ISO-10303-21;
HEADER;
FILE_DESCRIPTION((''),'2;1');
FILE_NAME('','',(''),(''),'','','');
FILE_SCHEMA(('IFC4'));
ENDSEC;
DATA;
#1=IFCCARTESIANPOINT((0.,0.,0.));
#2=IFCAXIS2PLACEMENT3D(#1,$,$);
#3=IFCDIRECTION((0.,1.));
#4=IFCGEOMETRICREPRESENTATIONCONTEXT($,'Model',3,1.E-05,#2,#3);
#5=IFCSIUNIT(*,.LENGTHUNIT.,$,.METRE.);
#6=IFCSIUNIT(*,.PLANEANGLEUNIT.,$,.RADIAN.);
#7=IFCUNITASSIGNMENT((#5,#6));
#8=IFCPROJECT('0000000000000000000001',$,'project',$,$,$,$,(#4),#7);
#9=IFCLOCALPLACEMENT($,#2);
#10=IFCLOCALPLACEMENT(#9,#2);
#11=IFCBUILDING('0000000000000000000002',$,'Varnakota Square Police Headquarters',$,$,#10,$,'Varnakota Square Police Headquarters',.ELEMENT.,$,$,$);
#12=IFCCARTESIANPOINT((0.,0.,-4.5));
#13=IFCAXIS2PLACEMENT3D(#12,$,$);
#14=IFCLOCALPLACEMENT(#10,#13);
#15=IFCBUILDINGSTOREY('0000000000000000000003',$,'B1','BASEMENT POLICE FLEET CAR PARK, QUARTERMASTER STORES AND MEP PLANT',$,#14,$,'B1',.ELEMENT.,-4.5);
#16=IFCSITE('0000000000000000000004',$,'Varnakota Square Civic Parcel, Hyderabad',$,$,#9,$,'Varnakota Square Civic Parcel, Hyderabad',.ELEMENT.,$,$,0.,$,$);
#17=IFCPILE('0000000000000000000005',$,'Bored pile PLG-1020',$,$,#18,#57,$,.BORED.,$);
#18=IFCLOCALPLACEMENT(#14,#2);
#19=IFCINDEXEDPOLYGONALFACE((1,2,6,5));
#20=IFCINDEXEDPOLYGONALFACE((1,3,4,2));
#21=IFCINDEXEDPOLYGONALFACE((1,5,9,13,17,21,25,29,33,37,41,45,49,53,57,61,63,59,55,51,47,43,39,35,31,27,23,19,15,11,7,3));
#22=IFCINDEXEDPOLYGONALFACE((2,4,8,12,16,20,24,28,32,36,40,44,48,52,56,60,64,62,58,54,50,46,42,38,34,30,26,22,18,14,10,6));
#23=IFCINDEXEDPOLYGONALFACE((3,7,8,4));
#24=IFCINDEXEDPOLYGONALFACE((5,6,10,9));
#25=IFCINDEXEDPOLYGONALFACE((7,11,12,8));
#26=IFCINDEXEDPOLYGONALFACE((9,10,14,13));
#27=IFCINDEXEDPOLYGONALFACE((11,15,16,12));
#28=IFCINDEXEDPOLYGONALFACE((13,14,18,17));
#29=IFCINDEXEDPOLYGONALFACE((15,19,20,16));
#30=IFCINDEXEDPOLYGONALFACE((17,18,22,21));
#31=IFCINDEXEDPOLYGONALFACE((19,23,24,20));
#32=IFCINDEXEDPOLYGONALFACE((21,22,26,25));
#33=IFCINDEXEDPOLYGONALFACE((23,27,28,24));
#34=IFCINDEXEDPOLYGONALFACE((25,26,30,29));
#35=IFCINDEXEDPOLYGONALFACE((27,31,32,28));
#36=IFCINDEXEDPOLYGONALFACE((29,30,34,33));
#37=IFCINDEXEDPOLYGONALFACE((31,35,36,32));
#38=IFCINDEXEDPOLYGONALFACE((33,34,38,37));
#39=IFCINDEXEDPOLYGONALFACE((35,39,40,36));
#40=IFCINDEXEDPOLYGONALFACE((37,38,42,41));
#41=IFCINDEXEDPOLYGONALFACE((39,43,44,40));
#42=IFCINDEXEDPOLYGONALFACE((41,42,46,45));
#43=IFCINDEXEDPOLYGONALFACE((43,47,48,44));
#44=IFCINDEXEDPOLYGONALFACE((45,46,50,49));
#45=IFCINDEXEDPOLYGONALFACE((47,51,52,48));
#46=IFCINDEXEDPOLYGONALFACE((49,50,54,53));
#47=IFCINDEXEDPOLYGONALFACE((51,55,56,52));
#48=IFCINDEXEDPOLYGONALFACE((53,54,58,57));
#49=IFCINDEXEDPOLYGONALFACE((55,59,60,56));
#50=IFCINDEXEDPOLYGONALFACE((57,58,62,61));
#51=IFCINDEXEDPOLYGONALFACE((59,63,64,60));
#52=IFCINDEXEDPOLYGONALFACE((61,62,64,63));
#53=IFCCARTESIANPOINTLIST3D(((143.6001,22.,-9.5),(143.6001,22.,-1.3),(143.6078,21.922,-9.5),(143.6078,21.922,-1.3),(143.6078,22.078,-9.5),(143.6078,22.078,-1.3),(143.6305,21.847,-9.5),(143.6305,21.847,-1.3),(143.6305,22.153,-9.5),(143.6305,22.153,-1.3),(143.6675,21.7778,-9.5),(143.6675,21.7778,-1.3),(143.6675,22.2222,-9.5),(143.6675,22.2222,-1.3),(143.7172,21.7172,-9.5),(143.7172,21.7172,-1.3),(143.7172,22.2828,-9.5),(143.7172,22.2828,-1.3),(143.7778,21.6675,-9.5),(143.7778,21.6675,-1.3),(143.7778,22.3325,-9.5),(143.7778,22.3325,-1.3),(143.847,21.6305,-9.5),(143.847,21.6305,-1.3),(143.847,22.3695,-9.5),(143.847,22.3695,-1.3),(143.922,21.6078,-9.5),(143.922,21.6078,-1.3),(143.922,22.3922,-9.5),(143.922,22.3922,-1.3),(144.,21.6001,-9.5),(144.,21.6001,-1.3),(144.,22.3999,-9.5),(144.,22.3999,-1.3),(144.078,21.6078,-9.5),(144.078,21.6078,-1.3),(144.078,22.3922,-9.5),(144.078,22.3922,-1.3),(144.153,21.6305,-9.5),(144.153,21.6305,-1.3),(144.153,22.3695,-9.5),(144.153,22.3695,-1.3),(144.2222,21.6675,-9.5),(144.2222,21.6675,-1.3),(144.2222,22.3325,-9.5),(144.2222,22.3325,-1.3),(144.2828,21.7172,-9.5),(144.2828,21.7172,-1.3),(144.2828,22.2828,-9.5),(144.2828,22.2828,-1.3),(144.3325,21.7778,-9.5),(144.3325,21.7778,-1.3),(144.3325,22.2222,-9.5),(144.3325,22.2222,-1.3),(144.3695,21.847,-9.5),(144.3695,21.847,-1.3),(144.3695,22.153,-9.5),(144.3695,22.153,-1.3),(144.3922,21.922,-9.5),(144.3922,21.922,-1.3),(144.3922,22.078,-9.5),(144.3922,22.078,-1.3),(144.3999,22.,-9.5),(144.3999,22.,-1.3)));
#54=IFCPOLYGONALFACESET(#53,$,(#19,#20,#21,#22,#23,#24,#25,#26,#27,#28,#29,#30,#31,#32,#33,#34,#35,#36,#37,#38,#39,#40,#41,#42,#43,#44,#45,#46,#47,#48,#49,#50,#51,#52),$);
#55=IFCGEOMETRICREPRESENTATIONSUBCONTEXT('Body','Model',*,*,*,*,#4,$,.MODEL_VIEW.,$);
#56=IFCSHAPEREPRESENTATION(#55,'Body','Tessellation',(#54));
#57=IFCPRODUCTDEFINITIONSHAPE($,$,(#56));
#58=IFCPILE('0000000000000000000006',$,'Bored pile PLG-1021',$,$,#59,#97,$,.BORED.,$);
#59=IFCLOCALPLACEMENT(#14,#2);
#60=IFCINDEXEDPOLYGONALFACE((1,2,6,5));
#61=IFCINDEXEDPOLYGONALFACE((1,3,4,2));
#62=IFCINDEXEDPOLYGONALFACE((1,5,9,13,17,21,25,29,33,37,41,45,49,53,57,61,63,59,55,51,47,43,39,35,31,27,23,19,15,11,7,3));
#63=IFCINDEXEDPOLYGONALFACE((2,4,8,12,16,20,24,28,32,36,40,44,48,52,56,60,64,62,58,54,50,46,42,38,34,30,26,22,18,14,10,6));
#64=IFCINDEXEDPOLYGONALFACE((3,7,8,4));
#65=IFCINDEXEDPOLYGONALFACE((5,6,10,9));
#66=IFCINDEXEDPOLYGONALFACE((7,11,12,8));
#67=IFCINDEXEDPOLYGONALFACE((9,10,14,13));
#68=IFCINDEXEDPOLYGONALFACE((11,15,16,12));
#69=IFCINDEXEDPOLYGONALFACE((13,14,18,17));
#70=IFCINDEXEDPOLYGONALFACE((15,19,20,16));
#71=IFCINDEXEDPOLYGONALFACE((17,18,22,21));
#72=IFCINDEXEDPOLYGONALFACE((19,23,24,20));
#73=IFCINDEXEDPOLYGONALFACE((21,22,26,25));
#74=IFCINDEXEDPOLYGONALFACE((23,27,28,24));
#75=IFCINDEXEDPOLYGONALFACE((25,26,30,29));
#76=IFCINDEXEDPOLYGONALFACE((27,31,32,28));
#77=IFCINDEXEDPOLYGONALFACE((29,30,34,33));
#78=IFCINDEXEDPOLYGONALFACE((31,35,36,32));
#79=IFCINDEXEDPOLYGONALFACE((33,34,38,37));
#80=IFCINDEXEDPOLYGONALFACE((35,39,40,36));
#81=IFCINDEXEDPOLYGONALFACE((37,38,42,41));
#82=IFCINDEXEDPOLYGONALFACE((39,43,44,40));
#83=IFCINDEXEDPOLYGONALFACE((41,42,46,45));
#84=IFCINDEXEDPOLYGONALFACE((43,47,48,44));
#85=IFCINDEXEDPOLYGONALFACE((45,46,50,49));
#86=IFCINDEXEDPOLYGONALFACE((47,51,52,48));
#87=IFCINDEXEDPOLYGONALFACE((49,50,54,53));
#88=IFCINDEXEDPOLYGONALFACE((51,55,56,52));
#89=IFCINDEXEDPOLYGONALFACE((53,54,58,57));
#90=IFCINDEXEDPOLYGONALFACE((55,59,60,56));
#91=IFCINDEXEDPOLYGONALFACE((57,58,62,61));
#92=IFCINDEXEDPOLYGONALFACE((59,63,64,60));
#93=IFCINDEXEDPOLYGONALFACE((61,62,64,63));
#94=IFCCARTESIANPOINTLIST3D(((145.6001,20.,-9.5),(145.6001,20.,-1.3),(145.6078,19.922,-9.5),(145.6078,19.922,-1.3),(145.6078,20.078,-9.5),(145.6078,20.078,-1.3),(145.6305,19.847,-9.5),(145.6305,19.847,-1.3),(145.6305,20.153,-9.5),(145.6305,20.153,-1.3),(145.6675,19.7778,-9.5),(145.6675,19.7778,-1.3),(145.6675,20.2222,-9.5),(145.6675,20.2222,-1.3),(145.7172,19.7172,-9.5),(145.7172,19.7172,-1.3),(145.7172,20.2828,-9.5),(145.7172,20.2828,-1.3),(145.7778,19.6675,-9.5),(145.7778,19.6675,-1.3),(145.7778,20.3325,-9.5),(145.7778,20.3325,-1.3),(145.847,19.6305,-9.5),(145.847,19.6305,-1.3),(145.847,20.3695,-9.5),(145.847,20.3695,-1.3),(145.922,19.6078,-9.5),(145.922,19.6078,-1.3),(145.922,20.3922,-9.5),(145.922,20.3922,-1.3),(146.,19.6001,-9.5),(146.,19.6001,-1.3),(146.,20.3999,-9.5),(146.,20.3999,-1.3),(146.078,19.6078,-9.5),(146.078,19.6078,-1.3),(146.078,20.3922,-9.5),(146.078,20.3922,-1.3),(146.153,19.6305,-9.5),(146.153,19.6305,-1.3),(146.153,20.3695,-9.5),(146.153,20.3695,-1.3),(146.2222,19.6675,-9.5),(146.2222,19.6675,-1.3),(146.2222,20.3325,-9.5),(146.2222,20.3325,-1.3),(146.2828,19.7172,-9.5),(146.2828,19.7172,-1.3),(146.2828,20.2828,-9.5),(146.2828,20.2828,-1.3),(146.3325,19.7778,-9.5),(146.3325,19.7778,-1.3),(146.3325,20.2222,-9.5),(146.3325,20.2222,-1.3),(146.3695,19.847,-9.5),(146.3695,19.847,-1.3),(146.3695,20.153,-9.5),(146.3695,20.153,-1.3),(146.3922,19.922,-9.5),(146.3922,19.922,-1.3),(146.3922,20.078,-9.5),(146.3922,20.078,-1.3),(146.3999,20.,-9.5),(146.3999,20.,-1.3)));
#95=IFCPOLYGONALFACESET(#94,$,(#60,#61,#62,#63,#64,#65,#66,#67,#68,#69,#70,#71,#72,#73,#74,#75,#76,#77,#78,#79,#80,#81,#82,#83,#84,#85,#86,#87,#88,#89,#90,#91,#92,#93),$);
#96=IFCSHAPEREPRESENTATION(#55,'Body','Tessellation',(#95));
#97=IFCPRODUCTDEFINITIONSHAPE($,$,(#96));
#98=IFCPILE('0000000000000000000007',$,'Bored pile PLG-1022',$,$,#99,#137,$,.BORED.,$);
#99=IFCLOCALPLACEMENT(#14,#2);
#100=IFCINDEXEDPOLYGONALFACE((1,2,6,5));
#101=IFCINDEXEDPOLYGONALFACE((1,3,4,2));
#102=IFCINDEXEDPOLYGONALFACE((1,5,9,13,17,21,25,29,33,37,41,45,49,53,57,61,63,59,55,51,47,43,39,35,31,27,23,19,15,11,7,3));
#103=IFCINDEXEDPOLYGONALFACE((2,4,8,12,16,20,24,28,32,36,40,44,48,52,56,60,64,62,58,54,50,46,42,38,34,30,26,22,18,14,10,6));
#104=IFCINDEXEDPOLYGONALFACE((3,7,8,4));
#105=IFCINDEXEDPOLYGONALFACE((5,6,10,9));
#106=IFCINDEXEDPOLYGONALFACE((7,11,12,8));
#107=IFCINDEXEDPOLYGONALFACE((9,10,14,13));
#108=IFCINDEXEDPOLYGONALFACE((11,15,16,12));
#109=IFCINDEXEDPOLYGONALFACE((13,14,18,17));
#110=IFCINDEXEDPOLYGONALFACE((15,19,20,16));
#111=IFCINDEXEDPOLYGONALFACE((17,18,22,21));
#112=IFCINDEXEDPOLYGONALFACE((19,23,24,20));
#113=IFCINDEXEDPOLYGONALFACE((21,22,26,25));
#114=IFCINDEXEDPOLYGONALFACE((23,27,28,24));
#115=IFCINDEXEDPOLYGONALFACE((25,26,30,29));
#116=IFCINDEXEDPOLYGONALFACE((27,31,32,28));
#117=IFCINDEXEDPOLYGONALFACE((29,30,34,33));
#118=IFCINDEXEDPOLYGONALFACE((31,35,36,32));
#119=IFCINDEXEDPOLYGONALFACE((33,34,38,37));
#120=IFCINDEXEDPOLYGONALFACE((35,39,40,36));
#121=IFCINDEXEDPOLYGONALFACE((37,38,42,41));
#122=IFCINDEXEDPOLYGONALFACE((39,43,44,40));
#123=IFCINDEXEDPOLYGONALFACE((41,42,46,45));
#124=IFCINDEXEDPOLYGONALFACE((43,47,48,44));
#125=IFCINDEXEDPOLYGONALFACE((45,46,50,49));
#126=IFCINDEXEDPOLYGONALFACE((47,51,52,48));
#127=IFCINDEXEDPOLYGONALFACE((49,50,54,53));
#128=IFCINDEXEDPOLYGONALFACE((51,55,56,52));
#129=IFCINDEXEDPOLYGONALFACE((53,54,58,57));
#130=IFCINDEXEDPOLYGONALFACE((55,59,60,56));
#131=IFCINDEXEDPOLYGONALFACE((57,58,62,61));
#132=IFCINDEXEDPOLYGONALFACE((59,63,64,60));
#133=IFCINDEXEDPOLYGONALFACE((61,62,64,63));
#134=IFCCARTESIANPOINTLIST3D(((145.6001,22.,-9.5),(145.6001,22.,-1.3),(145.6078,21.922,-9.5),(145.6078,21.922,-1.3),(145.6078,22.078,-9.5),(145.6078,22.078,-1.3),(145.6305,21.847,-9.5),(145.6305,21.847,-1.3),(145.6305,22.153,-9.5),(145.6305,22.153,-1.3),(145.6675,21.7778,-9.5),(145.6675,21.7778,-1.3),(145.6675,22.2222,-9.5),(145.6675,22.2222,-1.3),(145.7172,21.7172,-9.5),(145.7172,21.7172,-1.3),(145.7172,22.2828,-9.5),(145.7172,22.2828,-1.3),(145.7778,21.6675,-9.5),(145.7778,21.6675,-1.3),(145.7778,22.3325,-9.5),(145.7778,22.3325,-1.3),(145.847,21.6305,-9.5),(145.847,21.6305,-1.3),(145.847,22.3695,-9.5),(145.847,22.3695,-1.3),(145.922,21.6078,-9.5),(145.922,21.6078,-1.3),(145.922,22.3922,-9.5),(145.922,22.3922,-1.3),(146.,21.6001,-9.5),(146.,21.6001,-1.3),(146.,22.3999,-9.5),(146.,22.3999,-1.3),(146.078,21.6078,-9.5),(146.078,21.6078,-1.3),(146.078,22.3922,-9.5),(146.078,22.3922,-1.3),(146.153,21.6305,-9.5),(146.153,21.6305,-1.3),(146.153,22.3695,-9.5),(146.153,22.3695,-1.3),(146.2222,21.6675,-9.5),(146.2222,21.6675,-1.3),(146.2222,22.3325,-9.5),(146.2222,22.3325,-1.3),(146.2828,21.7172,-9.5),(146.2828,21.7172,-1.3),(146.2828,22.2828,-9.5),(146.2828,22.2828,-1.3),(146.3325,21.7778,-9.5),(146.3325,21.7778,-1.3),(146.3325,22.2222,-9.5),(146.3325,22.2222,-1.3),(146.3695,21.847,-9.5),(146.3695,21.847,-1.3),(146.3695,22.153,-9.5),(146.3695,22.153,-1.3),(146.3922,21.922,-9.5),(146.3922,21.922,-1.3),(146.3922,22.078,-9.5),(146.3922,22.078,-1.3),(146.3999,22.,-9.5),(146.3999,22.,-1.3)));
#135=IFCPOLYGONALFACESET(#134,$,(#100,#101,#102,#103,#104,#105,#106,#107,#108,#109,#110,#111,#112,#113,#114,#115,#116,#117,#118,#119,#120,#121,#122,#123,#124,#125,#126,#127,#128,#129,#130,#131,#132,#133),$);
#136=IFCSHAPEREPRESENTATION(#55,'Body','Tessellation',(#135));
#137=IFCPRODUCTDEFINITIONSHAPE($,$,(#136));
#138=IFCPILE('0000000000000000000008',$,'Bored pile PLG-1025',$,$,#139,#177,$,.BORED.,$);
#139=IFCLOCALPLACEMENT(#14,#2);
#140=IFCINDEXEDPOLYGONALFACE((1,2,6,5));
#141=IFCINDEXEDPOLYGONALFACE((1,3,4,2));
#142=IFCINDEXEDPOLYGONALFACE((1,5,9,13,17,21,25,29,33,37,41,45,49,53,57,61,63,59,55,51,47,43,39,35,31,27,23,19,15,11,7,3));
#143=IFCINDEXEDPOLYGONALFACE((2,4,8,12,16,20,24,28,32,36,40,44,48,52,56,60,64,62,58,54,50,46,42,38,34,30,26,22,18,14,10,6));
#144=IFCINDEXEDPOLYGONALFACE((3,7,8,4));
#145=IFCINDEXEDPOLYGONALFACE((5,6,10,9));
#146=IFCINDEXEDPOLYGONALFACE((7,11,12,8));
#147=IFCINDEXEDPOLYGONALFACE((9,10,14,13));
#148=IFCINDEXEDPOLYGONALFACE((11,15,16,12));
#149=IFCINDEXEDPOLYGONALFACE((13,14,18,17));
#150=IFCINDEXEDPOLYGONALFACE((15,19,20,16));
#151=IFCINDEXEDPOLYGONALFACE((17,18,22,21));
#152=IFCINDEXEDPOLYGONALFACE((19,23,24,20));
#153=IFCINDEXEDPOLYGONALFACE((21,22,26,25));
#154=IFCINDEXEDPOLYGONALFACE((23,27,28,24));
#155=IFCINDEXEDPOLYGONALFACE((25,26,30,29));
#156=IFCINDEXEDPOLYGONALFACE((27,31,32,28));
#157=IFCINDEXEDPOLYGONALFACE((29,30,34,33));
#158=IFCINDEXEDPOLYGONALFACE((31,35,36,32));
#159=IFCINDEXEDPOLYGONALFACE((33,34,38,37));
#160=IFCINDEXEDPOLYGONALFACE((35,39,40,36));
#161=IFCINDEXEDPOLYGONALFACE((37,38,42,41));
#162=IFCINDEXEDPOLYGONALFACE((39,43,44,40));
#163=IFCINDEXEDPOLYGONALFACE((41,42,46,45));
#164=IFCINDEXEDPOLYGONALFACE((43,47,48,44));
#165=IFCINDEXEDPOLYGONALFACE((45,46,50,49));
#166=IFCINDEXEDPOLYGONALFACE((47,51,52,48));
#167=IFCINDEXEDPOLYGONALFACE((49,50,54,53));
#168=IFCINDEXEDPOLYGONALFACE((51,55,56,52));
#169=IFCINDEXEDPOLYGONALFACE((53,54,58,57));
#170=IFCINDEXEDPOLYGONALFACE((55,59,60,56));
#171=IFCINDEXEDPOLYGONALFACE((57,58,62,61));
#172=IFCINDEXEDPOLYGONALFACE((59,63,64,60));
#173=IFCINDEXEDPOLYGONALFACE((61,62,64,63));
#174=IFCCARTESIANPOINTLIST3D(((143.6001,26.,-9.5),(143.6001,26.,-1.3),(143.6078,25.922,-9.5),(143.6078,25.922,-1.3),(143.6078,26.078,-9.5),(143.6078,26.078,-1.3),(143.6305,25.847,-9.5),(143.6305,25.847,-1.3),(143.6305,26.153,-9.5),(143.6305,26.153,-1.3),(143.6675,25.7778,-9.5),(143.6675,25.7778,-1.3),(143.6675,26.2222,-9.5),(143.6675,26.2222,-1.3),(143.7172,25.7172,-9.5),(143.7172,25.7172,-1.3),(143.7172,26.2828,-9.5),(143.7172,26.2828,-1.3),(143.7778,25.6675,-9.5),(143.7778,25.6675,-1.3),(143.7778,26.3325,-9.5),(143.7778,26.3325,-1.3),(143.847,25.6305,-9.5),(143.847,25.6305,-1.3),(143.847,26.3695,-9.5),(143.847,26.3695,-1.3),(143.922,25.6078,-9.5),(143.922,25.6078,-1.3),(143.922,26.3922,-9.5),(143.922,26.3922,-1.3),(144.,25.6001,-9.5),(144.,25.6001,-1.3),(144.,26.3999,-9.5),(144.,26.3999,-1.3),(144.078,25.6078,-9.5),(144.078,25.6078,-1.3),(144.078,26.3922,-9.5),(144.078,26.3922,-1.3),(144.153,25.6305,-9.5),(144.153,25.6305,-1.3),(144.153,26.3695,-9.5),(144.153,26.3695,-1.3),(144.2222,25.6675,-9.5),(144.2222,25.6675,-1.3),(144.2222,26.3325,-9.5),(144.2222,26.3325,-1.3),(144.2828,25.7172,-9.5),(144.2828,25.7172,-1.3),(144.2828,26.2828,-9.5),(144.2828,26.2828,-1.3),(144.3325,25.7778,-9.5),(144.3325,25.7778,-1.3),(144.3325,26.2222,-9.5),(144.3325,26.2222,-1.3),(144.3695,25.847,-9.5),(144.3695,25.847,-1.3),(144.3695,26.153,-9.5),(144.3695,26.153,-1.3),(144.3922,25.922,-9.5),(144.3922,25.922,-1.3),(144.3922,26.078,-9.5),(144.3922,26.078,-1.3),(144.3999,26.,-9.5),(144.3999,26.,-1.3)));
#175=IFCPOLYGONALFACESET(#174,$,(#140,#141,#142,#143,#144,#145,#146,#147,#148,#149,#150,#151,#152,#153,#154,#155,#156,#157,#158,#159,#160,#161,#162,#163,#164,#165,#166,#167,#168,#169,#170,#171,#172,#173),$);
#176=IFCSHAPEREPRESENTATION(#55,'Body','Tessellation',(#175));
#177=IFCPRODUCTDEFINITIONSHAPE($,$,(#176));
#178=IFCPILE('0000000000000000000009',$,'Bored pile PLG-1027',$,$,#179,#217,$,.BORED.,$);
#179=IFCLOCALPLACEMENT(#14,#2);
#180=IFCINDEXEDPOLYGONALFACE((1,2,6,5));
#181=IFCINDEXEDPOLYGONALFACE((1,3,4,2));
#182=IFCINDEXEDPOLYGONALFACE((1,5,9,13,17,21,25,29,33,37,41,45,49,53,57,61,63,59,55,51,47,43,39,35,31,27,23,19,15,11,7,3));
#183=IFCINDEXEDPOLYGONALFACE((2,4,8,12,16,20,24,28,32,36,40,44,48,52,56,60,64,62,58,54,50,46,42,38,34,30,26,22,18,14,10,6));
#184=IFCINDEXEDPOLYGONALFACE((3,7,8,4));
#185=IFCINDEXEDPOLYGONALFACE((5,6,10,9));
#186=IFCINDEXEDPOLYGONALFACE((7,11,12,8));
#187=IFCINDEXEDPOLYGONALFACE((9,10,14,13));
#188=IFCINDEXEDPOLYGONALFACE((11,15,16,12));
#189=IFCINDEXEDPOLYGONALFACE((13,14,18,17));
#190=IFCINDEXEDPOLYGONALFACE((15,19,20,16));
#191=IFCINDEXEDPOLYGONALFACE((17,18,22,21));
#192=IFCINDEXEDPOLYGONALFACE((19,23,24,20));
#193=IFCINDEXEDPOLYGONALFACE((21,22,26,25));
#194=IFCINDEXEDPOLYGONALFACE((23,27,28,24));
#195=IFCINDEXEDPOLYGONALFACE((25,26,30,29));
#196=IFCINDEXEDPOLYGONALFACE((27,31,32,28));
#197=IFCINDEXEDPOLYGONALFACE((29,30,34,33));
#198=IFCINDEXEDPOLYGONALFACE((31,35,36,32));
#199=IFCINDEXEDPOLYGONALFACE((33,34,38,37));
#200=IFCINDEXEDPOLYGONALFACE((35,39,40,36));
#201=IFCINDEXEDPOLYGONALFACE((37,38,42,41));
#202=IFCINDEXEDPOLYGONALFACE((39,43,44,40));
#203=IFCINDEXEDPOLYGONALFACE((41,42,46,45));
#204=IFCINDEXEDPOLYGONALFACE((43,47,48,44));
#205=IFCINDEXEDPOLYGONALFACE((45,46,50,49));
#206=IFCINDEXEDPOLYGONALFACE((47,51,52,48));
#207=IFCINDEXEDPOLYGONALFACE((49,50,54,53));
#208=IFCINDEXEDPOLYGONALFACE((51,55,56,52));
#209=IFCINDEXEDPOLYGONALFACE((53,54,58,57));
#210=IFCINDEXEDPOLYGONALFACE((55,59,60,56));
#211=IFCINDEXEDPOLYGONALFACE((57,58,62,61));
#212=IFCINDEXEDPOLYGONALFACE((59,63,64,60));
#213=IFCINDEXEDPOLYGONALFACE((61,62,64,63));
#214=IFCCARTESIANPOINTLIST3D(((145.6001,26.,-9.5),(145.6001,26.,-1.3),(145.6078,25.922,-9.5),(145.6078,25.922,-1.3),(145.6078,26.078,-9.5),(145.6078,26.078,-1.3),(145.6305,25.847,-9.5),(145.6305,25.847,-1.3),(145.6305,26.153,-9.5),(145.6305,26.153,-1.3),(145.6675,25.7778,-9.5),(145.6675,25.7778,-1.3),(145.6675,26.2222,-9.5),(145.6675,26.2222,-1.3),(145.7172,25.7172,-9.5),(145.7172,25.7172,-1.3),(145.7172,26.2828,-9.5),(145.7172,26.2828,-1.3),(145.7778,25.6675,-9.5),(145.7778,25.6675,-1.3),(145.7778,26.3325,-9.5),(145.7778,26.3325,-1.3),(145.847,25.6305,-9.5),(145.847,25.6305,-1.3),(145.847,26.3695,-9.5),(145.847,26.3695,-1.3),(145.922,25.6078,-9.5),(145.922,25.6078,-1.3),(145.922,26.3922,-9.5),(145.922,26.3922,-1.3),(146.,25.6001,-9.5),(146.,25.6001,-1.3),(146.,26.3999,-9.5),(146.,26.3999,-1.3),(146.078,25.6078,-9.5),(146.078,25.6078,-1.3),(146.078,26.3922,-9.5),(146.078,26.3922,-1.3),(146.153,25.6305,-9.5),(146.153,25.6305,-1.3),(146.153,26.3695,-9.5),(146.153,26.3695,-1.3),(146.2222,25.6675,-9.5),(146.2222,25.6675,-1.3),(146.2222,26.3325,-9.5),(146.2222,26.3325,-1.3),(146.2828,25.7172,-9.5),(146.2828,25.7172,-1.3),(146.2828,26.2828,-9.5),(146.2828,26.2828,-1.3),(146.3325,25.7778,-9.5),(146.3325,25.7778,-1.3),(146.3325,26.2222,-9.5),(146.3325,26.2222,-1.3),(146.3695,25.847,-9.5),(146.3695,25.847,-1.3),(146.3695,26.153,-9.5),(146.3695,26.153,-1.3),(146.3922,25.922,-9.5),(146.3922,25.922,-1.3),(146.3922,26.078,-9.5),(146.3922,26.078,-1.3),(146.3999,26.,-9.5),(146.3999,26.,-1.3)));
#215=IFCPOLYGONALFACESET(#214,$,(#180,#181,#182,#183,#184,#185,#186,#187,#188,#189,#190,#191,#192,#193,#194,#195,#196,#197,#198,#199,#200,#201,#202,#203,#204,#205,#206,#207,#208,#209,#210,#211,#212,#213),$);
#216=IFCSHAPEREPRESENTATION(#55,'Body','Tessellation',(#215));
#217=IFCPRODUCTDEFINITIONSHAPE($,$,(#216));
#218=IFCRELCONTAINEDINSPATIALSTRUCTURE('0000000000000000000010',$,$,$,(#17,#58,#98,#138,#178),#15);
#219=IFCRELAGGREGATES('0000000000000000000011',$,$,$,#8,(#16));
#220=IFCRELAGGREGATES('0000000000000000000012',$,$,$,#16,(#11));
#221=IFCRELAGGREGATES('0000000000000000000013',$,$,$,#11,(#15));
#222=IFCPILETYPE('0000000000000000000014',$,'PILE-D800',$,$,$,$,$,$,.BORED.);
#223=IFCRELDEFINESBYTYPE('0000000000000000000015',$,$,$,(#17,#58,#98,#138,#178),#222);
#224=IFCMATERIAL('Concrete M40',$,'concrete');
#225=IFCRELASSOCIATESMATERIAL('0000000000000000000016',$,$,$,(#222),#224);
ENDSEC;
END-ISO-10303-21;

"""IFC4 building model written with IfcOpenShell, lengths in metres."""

from ifc_helpers import new_model, si_unit, direction, frame, origin, origin_2d, place, context, subcontext, project, spatial, circle, extrude, material, material_profile, profile_set, type_object, element, save


model = new_model("IFC4")

# Units and contexts
model_context = context("Model", 3, precision=1e-05, world=origin(), true_north=direction((0.0, 1.0)))
body_context = subcontext(model_context, "Body", "Model", "MODEL_VIEW")
ifc_project = project(units=[si_unit("LENGTHUNIT", "METRE"), si_unit("PLANEANGLEUNIT", "RADIAN")], contexts=[model_context])

# Site, building, storey
site_placement = place(None, origin())
site = spatial("IfcSite", under=ifc_project, at=site_placement, Name="Varnakota Square Civic Parcel, Hyderabad", LongName="Varnakota Square Civic Parcel, Hyderabad", CompositionType="ELEMENT", RefElevation=0.0)
building_placement = place(site_placement, origin())
building = spatial("IfcBuilding", under=site, at=building_placement, Name="Varnakota Square Police Headquarters", LongName="Varnakota Square Police Headquarters", CompositionType="ELEMENT")
storey_placement = place(building_placement, frame((0.0, 0.0, -4.5)))
storey = spatial("IfcBuildingStorey", under=building, at=storey_placement, Name="B1", Description="BASEMENT POLICE FLEET CAR PARK, QUARTERMASTER STORES AND MEP PLANT", LongName="B1", CompositionType="ELEMENT", Elevation=-4.5)

# Shared definitions
ifc_material_1 = material(Name="Concrete M40", Category="concrete")

# Piles
ifc_material_profile_1 = material_profile(ifc_material_1, circle(Radius=0.3999, at=origin_2d()), Name="BORED PILE 800")
ifc_profile_set_1 = profile_set([ifc_material_profile_1], Name="Concrete M40")
pile_type = type_object("IfcPileType", Name="PILE-D800", PredefinedType="BORED", material=ifc_profile_set_1)
for number, where, z_axis, x_axis, name in (
    (1, (144.0, 22.0, -1.3), (0.0, 0.0, -1.0), (1.0, 0.0, 0.0), "Bored pile PLG-1020"),
    (2, (146.0, 20.0, -1.3), (0.0, 0.0, -1.0), (1.0, 0.0, 0.0), "Bored pile PLG-1021"),
    (3, (146.0, 22.0, -1.3), (0.0, 0.0, -1.0), (1.0, 0.0, 0.0), "Bored pile PLG-1022"),
    (4, (144.0, 26.0, -1.3), (0.0, 0.0, -1.0), (1.0, 0.0, 0.0), "Bored pile PLG-1025"),
    (5, (146.0, 26.0, -1.3), (0.0, 0.0, -1.0), (1.0, 0.0, 0.0), "Bored pile PLG-1027"),
):
    element("IfcPile", number, at=place(storey_placement, frame(where, z_axis=z_axis, x_axis=x_axis)), inside=storey, type_object=pile_type, Name=name, PredefinedType="BORED", context=body_context, shape_type="SweptSolid", body=[
        extrude(circle(Radius=0.3999, at=origin_2d()), origin(), (0.0, 0.0, 1.0), 8.2),
    ])

save(model, "model.ifc")
